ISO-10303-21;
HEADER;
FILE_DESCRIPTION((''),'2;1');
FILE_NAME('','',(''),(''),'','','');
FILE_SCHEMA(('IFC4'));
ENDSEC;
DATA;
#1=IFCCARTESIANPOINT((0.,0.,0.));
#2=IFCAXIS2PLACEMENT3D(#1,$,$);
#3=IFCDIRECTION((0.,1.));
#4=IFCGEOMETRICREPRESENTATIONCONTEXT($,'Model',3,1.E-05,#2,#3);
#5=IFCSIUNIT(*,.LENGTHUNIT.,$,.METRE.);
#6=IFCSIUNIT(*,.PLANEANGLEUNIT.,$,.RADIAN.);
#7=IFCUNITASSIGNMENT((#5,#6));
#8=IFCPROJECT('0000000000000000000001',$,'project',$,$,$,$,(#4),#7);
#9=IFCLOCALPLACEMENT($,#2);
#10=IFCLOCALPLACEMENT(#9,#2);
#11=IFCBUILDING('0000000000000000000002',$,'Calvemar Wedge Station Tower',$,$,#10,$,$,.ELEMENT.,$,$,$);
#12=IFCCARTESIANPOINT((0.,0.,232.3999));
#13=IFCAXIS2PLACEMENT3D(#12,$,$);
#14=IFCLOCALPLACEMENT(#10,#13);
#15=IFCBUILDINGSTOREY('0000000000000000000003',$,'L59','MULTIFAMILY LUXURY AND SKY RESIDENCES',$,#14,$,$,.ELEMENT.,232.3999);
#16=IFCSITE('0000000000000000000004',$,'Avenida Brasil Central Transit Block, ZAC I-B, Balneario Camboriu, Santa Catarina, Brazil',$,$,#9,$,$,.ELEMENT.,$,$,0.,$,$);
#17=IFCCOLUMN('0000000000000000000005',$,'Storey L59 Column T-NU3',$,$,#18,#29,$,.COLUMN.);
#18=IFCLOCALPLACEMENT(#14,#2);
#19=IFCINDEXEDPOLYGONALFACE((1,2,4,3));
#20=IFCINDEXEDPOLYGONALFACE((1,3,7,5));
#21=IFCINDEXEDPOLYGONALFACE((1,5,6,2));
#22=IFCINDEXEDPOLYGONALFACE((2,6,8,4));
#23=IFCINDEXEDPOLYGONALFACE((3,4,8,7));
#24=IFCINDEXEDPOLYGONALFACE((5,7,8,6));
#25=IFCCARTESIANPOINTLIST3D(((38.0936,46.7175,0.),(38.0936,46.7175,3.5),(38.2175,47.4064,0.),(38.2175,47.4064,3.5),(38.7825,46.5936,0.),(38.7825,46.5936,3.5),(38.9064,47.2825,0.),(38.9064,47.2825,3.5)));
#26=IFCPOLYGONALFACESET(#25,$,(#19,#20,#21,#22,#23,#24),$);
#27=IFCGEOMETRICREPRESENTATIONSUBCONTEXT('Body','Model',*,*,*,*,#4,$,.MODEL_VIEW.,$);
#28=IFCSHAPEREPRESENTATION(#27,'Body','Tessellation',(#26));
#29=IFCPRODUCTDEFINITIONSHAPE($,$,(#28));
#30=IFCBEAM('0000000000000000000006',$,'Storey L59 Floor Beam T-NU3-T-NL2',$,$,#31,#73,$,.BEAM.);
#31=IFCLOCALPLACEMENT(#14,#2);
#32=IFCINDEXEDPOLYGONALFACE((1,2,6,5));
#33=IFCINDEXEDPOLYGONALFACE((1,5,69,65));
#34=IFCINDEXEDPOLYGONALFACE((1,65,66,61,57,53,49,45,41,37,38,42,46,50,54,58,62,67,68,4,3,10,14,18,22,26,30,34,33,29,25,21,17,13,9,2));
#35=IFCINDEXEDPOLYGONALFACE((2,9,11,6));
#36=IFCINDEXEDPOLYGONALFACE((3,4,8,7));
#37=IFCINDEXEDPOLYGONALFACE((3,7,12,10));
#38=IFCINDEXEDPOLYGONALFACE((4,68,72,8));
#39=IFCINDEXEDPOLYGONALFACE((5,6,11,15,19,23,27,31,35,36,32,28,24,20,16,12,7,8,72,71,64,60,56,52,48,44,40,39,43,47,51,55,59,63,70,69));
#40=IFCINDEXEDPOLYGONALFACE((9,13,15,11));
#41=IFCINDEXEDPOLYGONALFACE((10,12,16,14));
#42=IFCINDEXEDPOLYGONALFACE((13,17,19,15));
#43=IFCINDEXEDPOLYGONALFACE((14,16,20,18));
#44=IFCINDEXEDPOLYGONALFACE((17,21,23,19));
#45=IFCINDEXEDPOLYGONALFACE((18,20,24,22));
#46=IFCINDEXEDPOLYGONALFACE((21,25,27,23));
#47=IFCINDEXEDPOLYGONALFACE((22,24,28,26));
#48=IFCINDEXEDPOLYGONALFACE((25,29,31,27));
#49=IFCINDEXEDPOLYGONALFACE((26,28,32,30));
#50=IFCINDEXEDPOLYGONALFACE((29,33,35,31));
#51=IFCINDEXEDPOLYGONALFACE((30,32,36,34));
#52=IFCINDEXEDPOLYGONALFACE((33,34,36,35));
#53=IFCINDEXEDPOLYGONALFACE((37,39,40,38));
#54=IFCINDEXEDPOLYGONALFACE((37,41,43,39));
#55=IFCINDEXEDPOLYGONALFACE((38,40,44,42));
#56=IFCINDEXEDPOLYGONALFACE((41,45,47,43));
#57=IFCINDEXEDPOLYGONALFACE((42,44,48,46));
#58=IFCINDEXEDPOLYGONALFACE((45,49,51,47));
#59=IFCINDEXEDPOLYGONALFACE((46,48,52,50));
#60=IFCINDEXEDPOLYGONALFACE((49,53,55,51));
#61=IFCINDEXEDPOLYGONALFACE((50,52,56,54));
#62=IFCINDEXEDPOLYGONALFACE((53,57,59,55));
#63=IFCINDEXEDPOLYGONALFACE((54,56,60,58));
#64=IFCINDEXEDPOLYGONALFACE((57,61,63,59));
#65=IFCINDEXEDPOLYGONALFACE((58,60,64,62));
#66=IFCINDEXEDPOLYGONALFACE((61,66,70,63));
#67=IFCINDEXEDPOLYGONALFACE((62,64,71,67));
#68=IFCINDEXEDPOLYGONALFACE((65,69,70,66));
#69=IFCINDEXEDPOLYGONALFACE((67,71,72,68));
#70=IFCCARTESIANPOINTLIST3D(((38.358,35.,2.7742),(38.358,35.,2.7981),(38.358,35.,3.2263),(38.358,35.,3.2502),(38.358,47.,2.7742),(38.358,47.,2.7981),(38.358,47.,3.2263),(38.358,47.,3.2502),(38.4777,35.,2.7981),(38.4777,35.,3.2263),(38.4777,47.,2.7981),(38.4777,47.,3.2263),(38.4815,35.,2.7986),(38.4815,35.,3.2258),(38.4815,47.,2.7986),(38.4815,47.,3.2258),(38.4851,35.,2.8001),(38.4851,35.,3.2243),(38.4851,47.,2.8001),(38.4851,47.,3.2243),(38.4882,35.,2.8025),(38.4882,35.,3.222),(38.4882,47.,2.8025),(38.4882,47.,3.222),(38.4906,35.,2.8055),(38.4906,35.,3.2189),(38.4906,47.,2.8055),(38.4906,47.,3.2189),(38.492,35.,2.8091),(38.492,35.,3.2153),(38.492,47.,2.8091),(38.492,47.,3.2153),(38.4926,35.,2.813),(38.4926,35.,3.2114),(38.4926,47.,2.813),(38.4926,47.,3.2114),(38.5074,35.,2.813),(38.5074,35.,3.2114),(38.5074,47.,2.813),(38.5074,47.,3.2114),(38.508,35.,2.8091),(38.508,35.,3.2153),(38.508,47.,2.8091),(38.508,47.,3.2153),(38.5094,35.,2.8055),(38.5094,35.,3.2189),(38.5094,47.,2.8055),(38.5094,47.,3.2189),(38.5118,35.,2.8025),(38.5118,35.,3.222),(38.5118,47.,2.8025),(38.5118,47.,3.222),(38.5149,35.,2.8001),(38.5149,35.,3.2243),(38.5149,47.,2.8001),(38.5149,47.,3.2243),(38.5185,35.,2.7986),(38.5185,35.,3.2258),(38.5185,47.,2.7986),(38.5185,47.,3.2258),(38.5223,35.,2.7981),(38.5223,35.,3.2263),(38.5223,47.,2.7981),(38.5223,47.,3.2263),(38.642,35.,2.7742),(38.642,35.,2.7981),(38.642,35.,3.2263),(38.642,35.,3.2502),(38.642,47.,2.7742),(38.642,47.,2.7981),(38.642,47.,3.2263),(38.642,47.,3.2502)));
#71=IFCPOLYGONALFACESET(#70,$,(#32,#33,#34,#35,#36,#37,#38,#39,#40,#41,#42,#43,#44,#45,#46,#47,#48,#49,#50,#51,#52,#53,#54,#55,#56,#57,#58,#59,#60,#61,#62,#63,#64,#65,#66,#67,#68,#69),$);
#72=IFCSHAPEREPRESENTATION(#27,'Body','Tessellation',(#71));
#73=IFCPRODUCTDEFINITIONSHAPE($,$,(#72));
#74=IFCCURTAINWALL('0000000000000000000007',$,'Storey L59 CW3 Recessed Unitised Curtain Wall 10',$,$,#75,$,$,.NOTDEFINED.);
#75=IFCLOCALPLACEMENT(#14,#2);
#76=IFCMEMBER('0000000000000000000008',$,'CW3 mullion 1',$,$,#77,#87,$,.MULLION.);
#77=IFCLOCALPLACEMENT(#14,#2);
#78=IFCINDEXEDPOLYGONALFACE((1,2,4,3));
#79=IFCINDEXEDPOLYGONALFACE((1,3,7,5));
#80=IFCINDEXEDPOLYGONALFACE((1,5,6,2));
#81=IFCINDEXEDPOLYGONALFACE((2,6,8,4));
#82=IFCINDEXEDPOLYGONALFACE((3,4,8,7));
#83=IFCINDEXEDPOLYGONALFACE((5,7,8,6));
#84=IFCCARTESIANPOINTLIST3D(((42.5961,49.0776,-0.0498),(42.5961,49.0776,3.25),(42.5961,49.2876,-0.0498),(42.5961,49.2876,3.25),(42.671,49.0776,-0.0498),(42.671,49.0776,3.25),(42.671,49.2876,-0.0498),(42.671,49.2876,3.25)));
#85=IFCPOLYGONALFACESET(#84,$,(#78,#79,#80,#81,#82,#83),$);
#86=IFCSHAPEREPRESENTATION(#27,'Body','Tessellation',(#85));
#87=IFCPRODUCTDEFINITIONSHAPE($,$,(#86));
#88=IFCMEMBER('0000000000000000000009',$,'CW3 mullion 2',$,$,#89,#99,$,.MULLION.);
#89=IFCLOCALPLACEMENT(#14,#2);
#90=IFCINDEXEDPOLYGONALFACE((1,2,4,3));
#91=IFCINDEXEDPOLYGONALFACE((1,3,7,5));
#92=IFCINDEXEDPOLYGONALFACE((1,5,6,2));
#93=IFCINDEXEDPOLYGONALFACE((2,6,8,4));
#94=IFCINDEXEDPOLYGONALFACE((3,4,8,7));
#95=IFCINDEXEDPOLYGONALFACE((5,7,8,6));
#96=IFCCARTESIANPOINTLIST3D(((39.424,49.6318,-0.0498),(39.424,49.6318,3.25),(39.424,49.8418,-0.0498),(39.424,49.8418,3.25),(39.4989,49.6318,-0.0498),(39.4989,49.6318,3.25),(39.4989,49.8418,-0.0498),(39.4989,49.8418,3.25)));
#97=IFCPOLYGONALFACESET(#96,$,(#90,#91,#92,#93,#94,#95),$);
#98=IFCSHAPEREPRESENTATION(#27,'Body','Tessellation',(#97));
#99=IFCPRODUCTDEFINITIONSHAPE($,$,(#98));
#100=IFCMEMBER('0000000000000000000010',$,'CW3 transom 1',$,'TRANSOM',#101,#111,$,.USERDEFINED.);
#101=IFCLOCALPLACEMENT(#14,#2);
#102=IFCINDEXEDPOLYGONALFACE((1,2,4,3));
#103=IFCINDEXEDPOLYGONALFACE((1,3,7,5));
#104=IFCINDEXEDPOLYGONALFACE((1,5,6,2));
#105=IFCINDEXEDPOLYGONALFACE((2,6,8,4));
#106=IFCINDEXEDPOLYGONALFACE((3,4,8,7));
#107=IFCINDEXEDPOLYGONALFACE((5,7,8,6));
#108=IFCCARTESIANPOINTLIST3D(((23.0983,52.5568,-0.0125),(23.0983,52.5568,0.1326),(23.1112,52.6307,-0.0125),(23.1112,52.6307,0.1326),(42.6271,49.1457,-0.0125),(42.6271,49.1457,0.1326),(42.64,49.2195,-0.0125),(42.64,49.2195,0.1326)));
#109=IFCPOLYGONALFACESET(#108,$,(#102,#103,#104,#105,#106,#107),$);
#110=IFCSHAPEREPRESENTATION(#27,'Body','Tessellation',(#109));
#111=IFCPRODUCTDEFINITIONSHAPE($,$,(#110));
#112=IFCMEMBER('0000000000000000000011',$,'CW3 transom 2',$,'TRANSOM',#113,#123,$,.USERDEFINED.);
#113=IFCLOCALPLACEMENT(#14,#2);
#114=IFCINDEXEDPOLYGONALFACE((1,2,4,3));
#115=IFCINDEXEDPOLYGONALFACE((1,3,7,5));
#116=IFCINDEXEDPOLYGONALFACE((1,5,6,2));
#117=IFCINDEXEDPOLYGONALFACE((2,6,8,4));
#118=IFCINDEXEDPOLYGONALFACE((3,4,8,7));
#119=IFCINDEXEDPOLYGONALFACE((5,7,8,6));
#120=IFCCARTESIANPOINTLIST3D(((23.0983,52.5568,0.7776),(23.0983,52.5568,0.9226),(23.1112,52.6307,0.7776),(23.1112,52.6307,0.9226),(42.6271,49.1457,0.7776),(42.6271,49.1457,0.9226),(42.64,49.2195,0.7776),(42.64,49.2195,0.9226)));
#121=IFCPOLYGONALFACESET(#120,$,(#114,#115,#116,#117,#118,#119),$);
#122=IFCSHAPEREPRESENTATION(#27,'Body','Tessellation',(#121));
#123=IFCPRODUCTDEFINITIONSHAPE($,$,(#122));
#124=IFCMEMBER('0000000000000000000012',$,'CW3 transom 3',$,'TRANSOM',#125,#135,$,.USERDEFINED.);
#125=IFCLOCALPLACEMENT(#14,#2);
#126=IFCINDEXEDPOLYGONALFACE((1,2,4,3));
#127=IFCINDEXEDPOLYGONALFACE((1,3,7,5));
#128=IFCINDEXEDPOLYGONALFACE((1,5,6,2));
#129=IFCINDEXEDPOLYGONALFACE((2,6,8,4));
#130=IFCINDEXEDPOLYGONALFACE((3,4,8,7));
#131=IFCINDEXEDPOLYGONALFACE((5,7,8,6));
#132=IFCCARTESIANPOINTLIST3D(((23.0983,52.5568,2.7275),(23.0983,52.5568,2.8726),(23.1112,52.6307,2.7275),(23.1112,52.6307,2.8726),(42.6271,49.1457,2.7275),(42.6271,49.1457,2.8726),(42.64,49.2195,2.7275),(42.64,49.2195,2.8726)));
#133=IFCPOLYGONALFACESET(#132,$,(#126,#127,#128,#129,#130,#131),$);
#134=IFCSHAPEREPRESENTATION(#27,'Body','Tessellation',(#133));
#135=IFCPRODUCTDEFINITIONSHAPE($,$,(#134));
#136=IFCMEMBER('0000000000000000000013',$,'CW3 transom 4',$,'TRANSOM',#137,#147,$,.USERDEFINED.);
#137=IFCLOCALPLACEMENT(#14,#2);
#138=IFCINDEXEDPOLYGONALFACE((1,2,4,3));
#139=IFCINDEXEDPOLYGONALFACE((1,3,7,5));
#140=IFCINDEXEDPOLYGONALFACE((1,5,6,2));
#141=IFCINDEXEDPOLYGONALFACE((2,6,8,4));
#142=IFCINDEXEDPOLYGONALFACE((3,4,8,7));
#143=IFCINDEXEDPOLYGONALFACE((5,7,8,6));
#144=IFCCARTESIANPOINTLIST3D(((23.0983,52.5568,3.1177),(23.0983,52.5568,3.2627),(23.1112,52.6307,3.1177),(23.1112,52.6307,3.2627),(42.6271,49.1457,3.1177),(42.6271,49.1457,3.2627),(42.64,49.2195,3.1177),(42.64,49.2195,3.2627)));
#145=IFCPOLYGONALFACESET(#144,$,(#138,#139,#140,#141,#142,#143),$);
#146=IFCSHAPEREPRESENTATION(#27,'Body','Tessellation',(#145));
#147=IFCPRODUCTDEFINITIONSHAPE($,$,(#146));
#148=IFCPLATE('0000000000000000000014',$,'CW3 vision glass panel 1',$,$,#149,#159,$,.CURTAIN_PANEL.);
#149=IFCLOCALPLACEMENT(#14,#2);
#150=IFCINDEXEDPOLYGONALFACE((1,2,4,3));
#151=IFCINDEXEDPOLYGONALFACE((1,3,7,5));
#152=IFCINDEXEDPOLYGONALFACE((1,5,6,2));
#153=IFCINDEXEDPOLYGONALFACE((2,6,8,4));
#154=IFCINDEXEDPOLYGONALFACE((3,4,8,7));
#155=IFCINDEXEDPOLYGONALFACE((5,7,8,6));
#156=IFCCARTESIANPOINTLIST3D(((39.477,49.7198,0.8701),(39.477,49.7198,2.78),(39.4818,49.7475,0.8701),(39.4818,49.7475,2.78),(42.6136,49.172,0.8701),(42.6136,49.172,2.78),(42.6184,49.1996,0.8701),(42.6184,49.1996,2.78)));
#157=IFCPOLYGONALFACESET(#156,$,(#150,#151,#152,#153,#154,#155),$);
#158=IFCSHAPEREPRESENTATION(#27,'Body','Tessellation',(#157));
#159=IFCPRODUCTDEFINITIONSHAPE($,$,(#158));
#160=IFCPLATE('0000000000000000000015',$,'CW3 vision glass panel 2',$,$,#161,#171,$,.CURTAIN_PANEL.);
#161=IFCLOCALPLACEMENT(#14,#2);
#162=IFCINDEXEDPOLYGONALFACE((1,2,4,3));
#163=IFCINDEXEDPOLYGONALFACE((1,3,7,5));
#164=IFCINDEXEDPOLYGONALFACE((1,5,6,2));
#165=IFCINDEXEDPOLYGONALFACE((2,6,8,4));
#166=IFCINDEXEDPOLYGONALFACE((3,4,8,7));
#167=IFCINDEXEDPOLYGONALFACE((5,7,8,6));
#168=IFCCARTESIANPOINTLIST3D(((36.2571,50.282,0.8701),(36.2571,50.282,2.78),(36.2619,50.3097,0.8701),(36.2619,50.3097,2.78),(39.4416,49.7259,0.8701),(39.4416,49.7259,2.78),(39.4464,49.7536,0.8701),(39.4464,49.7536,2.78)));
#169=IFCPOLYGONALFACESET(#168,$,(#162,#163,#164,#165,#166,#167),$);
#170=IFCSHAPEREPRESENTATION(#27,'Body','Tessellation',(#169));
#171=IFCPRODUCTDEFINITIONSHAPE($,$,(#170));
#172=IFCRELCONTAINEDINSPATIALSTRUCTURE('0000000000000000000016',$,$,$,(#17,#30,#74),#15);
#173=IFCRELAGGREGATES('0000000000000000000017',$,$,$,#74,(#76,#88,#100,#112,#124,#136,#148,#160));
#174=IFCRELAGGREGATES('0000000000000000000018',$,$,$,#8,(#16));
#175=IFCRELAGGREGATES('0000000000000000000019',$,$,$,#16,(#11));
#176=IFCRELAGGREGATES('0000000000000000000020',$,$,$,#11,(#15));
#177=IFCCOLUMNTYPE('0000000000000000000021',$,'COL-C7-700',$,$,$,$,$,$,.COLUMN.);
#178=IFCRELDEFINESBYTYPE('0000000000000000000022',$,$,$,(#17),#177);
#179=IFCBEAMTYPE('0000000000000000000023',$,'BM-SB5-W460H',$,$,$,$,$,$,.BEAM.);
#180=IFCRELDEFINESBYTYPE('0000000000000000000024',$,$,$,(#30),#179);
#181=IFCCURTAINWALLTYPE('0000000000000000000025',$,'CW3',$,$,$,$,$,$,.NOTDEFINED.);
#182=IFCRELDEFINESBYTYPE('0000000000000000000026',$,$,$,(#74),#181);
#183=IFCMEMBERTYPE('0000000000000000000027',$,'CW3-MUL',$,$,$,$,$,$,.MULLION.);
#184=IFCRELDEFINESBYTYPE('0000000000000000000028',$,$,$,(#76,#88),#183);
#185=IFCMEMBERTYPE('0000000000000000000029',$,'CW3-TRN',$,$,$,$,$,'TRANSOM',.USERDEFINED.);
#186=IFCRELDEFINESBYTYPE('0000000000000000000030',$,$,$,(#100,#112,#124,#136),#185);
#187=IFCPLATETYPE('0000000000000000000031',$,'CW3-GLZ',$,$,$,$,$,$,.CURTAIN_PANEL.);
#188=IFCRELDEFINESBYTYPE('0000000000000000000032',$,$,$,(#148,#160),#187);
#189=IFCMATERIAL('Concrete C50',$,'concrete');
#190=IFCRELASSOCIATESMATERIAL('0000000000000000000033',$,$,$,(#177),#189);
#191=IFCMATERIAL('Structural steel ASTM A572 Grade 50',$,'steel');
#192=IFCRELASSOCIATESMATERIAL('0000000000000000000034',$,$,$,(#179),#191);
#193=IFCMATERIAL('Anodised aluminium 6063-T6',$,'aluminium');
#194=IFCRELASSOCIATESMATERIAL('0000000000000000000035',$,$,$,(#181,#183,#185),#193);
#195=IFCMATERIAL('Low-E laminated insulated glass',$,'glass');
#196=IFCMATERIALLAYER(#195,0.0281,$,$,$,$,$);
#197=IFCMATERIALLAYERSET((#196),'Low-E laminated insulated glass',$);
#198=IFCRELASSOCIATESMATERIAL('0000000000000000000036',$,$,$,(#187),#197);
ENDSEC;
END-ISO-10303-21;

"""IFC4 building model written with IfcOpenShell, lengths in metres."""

from ifc_helpers import new_model, si_unit, direction, frame, frame_2d, origin, origin_2d, place, context, subcontext, project, spatial, rectangle, i_section, extrude, source, transform, mapped, material, layer, layer_set, material_profile, profile_set, type_object, element, aggregate, save


model = new_model("IFC4")

# Units and contexts
model_context = context("Model", 3, precision=1e-05, world=origin(), true_north=direction((0.0, 1.0)))
body_context = subcontext(model_context, "Body", "Model", "MODEL_VIEW")
ifc_project = project(units=[si_unit("LENGTHUNIT", "METRE"), si_unit("PLANEANGLEUNIT", "RADIAN")], contexts=[model_context])

# Site, building, storey
site_placement = place(None, origin())
site = spatial("IfcSite", under=ifc_project, at=site_placement, Name="Avenida Brasil Central Transit Block, ZAC I-B, Balneario Camboriu, Santa Catarina, Brazil", CompositionType="ELEMENT", RefElevation=0.0)
building_placement = place(site_placement, origin())
building = spatial("IfcBuilding", under=site, at=building_placement, Name="Calvemar Wedge Station Tower", CompositionType="ELEMENT")
storey_placement = place(building_placement, frame((0.0, 0.0, 232.3999)))
storey = spatial("IfcBuildingStorey", under=building, at=storey_placement, Name="L59", Description="MULTIFAMILY LUXURY AND SKY RESIDENCES", CompositionType="ELEMENT", Elevation=232.3999)

# Column
ifc_material_1 = material(Name="Concrete C50", Category="concrete")
ifc_material_profile_1 = material_profile(ifc_material_1, rectangle(XDim=0.7, YDim=0.7, at=origin_2d()), Name="RC700x700")
ifc_profile_set_1 = profile_set([ifc_material_profile_1], Name="Concrete C50")
column_type = type_object("IfcColumnType", Name="COL-C7-700", PredefinedType="COLUMN", material=ifc_profile_set_1)
shared_shape_1 = source(origin(), body_context, "Body", "SweptSolid", [
    extrude(rectangle(XDim=0.7, YDim=0.7, at=origin_2d()), origin(), (0.0, 0.0, 1.0), 3.5),
])
column_placement = place(storey_placement, frame((38.5, 47.0, 0.0), z_axis=(0.0, 0.0, 1.0), x_axis=(0.984196, -0.177085, 0.0)))
element("IfcColumn", 1, at=column_placement, inside=storey, type_object=column_type, Name="Storey L59 Column T-NU3", PredefinedType="COLUMN", context=body_context, shape_type="MappedRepresentation", body=[
    mapped(shared_shape_1, transform((0.0, 0.0, 0.0), scale=1.0)),
])

# Beam
ifc_material_2 = material(Name="Structural steel ASTM A572 Grade 50", Category="steel")
ifc_material_profile_2 = material_profile(ifc_material_2, i_section(OverallWidth=0.2839, OverallDepth=0.4761, WebThickness=0.0149, FlangeThickness=0.0239, FilletRadius=0.0149, at=origin_2d()), Name="W460x158")
ifc_profile_set_2 = profile_set([ifc_material_profile_2], Name="Structural steel ASTM A572 Grade 50")
beam_type = type_object("IfcBeamType", Name="BM-SB5-W460H", PredefinedType="BEAM", material=ifc_profile_set_2)
shared_shape_2 = source(origin(), body_context, "Body", "SweptSolid", [
    extrude(i_section(OverallWidth=0.2839, OverallDepth=0.4761, WebThickness=0.0149, FlangeThickness=0.0239, FilletRadius=0.0149, at=origin_2d()), origin(), (0.0, 0.0, 1.0), 12.0),
])
beam_placement = place(storey_placement, frame((38.5, 47.0, 3.0122), z_axis=(0.0, -1.0, 0.0), x_axis=(1.0, 0.0, 0.0)))
element("IfcBeam", 2, at=beam_placement, inside=storey, type_object=beam_type, Name="Storey L59 Floor Beam T-NU3-T-NL2", PredefinedType="BEAM", context=body_context, shape_type="MappedRepresentation", body=[
    mapped(shared_shape_2, transform((0.0, 0.0, 0.0), scale=1.0)),
])

# Curtain wall, members, plates
ifc_material_3 = material(Name="Anodised aluminium 6063-T6", Category="aluminium")
curtain_wall_type = type_object("IfcCurtainWallType", Name="CW3", PredefinedType="NOTDEFINED", material=ifc_material_3)
curtain_wall_placement = place(storey_placement, origin())
curtain_wall = element("IfcCurtainWall", 3, at=curtain_wall_placement, inside=storey, type_object=curtain_wall_type, Name="Storey L59 CW3 Recessed Unitised Curtain Wall 10", PredefinedType="NOTDEFINED")
ifc_material_profile_3 = material_profile(ifc_material_3, rectangle(XDim=0.075, YDim=0.21, at=origin_2d()), Name="AL-MUL-75x210")
ifc_profile_set_3 = profile_set([ifc_material_profile_3], Name="Anodised aluminium 6063-T6")
member_type_1 = type_object("IfcMemberType", Name="CW3-MUL", PredefinedType="MULLION", material=ifc_profile_set_3)
shared_shape_3 = source(origin(), body_context, "Body", "SweptSolid", [
    extrude(rectangle(XDim=0.075, YDim=0.21, at=origin_2d()), origin(), (0.0, 0.0, 1.0), 3.2998),
])
member_1_placement = place(storey_placement, frame((42.6335, 49.1826, -0.0498), z_axis=(0.0, 0.0, 1.0), x_axis=(1.0, 0.0, 0.0)))
member_1 = element("IfcMember", 4, at=member_1_placement, type_object=member_type_1, Name="CW3 mullion 1", PredefinedType="MULLION", context=body_context, shape_type="MappedRepresentation", body=[
    mapped(shared_shape_3, transform((0.0, 0.0, 0.0), scale=1.0)),
])
member_2_placement = place(storey_placement, frame((39.4614, 49.7368, -0.0498), z_axis=(0.0, 0.0, 1.0), x_axis=(1.0, 0.0, 0.0)))
member_2 = element("IfcMember", 5, at=member_2_placement, type_object=member_type_1, Name="CW3 mullion 2", PredefinedType="MULLION", context=body_context, shape_type="MappedRepresentation", body=[
    mapped(shared_shape_3, transform((0.0, 0.0, 0.0), scale=1.0)),
])
ifc_material_profile_4 = material_profile(ifc_material_3, rectangle(XDim=0.075, YDim=0.145, at=origin_2d()), Name="AL-TRN-75x145")
ifc_profile_set_4 = profile_set([ifc_material_profile_4], Name="Anodised aluminium 6063-T6")
member_type_2 = type_object("IfcMemberType", Name="CW3-TRN", ElementType="TRANSOM", PredefinedType="USERDEFINED", material=ifc_profile_set_4)
shared_shape_4 = source(origin(), body_context, "Body", "SweptSolid", [
    extrude(rectangle(XDim=0.075, YDim=0.145, at=origin_2d()), origin(), (0.0, 0.0, 1.0), 19.8245),
])
member_3_placement = place(storey_placement, frame((42.6335, 49.1826, 0.0601), z_axis=(-0.985085, 0.172067, 0.0), x_axis=(-0.172067, -0.985085, 0.0)))
member_3 = element("IfcMember", 6, at=member_3_placement, type_object=member_type_2, Name="CW3 transom 1", ObjectType="TRANSOM", PredefinedType="USERDEFINED", context=body_context, shape_type="MappedRepresentation", body=[
    mapped(shared_shape_4, transform((0.0, 0.0, 0.0), scale=1.0)),
])
member_4_placement = place(storey_placement, frame((42.6335, 49.1826, 0.8501), z_axis=(-0.985085, 0.172067, 0.0), x_axis=(-0.172067, -0.985085, 0.0)))
member_4 = element("IfcMember", 7, at=member_4_placement, type_object=member_type_2, Name="CW3 transom 2", ObjectType="TRANSOM", PredefinedType="USERDEFINED", context=body_context, shape_type="MappedRepresentation", body=[
    mapped(shared_shape_4, transform((0.0, 0.0, 0.0), scale=1.0)),
])
member_5_placement = place(storey_placement, frame((42.6335, 49.1826, 2.8), z_axis=(-0.985085, 0.172067, 0.0), x_axis=(-0.172067, -0.985085, 0.0)))
member_5 = element("IfcMember", 8, at=member_5_placement, type_object=member_type_2, Name="CW3 transom 3", ObjectType="TRANSOM", PredefinedType="USERDEFINED", context=body_context, shape_type="MappedRepresentation", body=[
    mapped(shared_shape_4, transform((0.0, 0.0, 0.0), scale=1.0)),
])
member_6_placement = place(storey_placement, frame((42.6335, 49.1826, 3.1902), z_axis=(-0.985085, 0.172067, 0.0), x_axis=(-0.172067, -0.985085, 0.0)))
member_6 = element("IfcMember", 9, at=member_6_placement, type_object=member_type_2, Name="CW3 transom 4", ObjectType="TRANSOM", PredefinedType="USERDEFINED", context=body_context, shape_type="MappedRepresentation", body=[
    mapped(shared_shape_4, transform((0.0, 0.0, 0.0), scale=1.0)),
])
ifc_material_4 = material(Name="Low-E laminated insulated glass", Category="glass")
ifc_layer_1 = layer(ifc_material_4, 0.0281)
ifc_layer_set_1 = layer_set([ifc_layer_1], Name="Low-E laminated insulated glass")
plate_type_1 = type_object("IfcPlateType", Name="CW3-GLZ", PredefinedType="CURTAIN_PANEL", material=ifc_layer_set_1)
plate_1_placement = place(storey_placement, frame((42.616, 49.1858, 0.8701), z_axis=(0.0, 0.0, 1.0), x_axis=(-0.985088, 0.172053, 0.0)))
plate_1 = element("IfcPlate", 10, at=plate_1_placement, type_object=plate_type_1, Name="CW3 vision glass panel 1", PredefinedType="CURTAIN_PANEL", context=body_context, shape_type="SweptSolid", body=[
    extrude(rectangle(XDim=3.1841, YDim=0.0281, at=frame_2d((1.592, 0.0))), origin(), (0.0, 0.0, 1.0), 1.9099),
])
plate_2_placement = place(storey_placement, frame((39.4438, 49.7397, 0.8701), z_axis=(0.0, 0.0, 1.0), x_axis=(-0.985091, 0.172036, 0.0)))
plate_2 = element("IfcPlate", 11, at=plate_2_placement, type_object=plate_type_1, Name="CW3 vision glass panel 2", PredefinedType="CURTAIN_PANEL", context=body_context, shape_type="SweptSolid", body=[
    extrude(rectangle(XDim=3.2327, YDim=0.0281, at=frame_2d((1.6162, 0.0))), origin(), (0.0, 0.0, 1.0), 1.9099),
])
aggregate(curtain_wall, [member_1, member_2, member_3, member_4, member_5, member_6, plate_1, plate_2])

save(model, "model.ifc")
